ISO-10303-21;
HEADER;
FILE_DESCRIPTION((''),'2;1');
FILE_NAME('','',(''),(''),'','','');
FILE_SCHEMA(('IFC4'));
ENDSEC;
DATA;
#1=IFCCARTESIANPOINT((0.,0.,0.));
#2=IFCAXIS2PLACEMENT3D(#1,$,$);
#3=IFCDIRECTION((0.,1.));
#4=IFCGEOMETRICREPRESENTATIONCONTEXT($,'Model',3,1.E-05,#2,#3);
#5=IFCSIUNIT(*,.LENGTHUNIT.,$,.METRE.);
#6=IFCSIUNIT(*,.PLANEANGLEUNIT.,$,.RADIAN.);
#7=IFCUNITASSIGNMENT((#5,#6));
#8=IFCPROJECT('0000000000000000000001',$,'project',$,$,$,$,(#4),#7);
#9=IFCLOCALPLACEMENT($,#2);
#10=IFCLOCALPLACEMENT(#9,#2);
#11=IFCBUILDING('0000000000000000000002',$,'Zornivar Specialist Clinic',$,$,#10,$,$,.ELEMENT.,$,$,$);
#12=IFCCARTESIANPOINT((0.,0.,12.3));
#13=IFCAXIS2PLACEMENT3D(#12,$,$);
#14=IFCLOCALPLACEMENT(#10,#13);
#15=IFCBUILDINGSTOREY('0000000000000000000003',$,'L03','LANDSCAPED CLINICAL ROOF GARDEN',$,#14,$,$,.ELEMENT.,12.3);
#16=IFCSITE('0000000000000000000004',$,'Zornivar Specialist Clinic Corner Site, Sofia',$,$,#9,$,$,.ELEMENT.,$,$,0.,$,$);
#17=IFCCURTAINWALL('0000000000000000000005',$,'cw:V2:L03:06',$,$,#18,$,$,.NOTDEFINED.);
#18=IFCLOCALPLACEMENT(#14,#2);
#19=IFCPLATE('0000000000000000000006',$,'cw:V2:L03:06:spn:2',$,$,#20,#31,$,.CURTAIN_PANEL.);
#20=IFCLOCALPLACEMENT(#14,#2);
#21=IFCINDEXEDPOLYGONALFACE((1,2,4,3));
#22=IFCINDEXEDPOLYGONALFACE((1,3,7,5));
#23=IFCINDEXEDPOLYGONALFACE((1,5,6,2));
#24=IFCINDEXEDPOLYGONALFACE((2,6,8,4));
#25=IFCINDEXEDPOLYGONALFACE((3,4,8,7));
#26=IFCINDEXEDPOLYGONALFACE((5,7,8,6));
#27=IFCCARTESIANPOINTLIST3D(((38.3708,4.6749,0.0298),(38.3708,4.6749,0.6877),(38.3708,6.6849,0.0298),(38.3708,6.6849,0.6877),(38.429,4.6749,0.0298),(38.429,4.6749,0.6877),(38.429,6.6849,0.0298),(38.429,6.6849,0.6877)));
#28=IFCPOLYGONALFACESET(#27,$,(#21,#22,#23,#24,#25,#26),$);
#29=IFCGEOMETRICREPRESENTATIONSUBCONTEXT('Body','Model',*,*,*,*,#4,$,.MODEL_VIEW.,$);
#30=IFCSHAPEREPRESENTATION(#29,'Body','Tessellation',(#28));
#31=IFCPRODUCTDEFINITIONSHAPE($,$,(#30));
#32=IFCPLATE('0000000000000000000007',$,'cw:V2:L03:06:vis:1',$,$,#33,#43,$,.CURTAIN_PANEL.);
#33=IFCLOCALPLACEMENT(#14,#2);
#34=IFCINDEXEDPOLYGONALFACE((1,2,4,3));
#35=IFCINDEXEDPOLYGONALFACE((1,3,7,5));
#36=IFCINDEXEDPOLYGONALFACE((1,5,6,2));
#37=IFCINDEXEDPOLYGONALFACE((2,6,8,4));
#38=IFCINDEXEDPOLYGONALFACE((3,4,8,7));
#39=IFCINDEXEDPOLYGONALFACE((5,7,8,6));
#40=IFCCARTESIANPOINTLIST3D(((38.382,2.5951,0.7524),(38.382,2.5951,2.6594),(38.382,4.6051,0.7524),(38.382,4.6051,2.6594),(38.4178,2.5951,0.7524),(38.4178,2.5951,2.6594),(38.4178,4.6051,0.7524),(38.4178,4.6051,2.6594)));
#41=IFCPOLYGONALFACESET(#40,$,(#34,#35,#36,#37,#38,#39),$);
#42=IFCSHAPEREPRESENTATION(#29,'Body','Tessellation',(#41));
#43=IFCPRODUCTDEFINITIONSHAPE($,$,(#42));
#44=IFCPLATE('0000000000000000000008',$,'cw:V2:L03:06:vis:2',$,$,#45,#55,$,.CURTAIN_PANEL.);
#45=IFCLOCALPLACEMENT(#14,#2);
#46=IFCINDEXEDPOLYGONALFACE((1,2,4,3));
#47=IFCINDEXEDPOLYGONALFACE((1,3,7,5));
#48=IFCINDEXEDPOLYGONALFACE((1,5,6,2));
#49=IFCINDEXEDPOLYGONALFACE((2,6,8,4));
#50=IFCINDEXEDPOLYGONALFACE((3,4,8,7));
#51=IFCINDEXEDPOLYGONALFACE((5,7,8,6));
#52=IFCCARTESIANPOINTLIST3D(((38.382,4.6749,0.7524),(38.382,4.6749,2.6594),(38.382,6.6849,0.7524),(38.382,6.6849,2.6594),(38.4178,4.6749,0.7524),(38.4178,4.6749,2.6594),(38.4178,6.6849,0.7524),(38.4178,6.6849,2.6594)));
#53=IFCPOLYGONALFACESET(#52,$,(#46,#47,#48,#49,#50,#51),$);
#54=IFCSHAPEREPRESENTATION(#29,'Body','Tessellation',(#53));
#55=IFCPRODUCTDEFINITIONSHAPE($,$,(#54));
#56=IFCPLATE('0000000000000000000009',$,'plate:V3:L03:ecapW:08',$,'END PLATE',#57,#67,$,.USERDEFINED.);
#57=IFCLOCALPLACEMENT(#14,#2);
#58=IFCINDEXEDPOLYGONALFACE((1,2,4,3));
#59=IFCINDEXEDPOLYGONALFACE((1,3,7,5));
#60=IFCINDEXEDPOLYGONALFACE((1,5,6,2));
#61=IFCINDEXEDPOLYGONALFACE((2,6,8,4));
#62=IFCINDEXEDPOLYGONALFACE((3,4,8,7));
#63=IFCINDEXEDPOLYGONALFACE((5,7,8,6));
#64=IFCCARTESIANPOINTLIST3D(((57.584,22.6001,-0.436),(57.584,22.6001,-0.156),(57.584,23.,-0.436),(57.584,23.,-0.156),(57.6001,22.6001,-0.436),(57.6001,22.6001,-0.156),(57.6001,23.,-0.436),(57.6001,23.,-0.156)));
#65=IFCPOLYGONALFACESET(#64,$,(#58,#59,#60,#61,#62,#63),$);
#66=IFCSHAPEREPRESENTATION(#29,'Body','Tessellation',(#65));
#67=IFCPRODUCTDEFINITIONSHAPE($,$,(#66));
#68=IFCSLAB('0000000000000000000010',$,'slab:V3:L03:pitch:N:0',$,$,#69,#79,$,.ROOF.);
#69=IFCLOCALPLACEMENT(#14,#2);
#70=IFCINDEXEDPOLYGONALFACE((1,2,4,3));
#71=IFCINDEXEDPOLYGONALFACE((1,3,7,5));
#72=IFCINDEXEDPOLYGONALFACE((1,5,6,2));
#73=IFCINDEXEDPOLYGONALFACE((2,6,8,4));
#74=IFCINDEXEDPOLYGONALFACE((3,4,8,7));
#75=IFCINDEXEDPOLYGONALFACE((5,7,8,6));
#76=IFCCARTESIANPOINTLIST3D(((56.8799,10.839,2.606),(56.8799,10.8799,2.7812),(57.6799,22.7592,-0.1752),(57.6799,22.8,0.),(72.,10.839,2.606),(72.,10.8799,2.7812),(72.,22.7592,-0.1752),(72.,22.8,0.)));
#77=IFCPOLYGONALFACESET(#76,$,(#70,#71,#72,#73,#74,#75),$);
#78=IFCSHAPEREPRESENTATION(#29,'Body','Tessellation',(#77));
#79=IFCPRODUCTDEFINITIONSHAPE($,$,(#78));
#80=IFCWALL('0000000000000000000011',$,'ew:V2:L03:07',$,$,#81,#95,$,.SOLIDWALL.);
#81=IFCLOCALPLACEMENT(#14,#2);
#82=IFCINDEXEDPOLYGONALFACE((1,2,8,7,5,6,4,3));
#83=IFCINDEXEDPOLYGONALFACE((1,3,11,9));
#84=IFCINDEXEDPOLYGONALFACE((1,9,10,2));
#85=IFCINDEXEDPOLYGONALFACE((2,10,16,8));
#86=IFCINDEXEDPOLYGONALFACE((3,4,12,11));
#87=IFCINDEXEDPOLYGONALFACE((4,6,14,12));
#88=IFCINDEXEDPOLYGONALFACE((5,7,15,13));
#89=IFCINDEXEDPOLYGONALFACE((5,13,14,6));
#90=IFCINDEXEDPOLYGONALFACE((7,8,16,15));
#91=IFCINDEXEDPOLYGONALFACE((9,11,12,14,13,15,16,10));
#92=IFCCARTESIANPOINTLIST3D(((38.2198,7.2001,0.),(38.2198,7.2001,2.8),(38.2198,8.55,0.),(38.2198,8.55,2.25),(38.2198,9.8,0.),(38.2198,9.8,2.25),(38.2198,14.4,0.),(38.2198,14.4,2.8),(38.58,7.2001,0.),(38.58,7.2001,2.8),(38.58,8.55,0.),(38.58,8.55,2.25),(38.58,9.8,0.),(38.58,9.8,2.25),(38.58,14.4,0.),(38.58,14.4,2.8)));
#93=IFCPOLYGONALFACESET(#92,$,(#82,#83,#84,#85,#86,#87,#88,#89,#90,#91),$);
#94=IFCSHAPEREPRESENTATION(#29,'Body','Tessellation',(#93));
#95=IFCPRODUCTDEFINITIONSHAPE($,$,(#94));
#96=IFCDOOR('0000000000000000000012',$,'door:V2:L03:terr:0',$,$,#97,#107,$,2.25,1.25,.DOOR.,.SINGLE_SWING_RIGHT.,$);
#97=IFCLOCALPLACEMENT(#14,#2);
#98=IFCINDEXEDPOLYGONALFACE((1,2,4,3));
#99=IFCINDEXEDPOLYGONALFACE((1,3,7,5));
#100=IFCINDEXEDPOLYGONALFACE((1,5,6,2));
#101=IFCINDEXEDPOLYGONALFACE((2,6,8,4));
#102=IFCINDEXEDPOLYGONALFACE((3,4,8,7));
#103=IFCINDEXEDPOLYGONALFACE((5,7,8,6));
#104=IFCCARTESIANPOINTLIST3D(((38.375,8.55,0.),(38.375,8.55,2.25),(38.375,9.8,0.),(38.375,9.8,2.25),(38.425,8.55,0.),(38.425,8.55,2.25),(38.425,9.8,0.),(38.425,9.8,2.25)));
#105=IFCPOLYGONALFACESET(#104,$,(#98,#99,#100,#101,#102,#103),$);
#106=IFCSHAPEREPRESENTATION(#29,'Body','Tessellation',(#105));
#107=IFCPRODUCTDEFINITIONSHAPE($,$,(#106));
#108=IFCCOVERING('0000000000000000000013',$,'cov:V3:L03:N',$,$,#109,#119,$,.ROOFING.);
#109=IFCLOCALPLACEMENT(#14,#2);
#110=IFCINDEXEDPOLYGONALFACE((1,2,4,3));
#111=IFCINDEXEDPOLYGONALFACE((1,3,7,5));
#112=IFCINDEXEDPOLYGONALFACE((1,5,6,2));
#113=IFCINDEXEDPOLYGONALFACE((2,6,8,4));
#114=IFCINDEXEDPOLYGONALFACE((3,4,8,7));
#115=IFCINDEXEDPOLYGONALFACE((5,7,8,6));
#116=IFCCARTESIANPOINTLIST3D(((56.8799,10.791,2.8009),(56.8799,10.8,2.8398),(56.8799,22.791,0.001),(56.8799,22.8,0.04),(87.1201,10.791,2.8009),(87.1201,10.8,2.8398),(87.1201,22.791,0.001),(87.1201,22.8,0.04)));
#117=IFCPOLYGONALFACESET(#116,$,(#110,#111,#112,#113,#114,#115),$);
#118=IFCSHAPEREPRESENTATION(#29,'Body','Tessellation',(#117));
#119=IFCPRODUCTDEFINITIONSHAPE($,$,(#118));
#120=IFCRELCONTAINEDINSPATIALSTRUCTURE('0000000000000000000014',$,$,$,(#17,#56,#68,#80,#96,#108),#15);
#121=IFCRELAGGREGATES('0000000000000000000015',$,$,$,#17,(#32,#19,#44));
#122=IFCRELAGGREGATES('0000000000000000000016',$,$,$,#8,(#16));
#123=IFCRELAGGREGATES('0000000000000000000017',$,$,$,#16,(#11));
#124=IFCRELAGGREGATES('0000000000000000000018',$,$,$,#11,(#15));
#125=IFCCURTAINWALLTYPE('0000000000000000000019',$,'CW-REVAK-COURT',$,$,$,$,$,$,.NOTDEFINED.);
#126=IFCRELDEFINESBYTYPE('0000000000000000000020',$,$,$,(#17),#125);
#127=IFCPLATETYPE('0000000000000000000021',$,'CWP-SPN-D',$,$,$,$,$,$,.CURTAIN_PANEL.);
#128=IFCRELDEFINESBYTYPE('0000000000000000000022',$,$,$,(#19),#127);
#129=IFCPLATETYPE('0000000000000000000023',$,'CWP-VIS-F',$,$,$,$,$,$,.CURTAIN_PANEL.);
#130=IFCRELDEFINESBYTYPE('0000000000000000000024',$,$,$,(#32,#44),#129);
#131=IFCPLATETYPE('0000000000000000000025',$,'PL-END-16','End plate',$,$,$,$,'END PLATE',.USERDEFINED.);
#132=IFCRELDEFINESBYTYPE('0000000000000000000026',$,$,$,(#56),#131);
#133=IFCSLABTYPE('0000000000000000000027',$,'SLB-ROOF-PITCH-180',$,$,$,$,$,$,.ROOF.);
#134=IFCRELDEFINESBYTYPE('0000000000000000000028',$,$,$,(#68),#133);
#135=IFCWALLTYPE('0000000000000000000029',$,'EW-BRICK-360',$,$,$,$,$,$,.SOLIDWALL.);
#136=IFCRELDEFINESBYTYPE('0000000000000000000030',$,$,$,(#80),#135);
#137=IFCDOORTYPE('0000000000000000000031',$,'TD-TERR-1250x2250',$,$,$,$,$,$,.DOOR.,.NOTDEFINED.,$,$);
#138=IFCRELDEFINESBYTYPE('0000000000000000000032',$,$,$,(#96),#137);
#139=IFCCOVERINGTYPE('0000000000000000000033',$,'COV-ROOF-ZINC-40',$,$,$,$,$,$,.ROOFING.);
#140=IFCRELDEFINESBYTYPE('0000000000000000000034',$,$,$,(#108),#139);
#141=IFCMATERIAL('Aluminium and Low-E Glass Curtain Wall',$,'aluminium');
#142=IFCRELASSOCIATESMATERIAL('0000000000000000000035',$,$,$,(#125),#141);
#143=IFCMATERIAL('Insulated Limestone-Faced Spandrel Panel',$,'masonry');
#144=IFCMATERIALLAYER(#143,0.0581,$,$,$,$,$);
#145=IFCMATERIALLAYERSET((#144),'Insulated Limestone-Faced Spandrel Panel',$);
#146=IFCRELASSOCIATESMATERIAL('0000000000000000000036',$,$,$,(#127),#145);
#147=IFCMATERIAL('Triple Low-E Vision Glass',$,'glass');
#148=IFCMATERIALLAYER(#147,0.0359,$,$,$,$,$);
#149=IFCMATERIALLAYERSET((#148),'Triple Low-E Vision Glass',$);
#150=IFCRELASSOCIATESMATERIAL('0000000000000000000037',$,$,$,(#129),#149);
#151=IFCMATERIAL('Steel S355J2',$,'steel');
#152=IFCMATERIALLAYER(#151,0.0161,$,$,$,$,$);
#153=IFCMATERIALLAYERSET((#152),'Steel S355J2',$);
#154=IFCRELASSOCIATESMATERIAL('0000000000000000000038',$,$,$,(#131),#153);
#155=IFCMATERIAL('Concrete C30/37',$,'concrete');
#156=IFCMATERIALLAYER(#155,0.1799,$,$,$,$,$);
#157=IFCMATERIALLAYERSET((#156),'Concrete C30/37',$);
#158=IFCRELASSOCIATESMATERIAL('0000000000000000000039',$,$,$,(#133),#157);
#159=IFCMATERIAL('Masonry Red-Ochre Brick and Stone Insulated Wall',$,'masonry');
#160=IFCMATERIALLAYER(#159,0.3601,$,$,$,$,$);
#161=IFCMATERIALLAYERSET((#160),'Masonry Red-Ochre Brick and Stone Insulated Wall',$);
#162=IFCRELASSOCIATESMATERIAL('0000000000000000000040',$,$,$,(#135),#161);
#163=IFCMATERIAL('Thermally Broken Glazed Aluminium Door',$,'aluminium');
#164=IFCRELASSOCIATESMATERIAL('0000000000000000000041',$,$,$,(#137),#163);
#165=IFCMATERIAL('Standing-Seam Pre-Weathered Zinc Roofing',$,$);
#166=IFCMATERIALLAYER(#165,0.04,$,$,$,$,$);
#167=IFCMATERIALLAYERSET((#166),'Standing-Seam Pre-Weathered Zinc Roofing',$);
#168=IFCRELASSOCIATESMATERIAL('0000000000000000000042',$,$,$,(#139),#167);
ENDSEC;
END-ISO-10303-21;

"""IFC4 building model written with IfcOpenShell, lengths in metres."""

from ifc_helpers import new_model, si_unit, direction, frame, frame_2d, origin, origin_2d, place, context, subcontext, project, spatial, polyline, rectangle, outline, extrude, material, layer, layer_set, type_object, element, fill, aggregate, save


model = new_model("IFC4")

# Units and contexts
model_context = context("Model", 3, precision=1e-05, world=origin(), true_north=direction((0.0, 1.0)))
body_context = subcontext(model_context, "Body", "Model", "MODEL_VIEW")
ifc_project = project(units=[si_unit("LENGTHUNIT", "METRE"), si_unit("PLANEANGLEUNIT", "RADIAN")], contexts=[model_context])

# Site, building, storey
site_placement = place(None, origin())
site = spatial("IfcSite", under=ifc_project, at=site_placement, Name="Zornivar Specialist Clinic Corner Site, Sofia", CompositionType="ELEMENT", RefElevation=0.0)
building_placement = place(site_placement, origin())
building = spatial("IfcBuilding", under=site, at=building_placement, Name="Zornivar Specialist Clinic", CompositionType="ELEMENT")
storey_placement = place(building_placement, frame((0.0, 0.0, 12.3)))
storey = spatial("IfcBuildingStorey", under=building, at=storey_placement, Name="L03", Description="LANDSCAPED CLINICAL ROOF GARDEN", CompositionType="ELEMENT", Elevation=12.3)

# Curtain wall
ifc_material_1 = material(Name="Aluminium and Low-E Glass Curtain Wall", Category="aluminium")
curtain_wall_type = type_object("IfcCurtainWallType", Name="CW-REVAK-COURT", PredefinedType="NOTDEFINED", material=ifc_material_1)
curtain_wall_1_placement = place(storey_placement, origin())
curtain_wall_1 = element("IfcCurtainWall", 1, at=curtain_wall_1_placement, inside=storey, type_object=curtain_wall_type, Name="cw:V2:L03:06", PredefinedType="NOTDEFINED")

# Plates
ifc_material_2 = material(Name="Insulated Limestone-Faced Spandrel Panel", Category="masonry")
ifc_layer_1 = layer(ifc_material_2, 0.0581)
ifc_layer_set_1 = layer_set([ifc_layer_1], Name="Insulated Limestone-Faced Spandrel Panel")
plate_type_1 = type_object("IfcPlateType", Name="CWP-SPN-D", PredefinedType="CURTAIN_PANEL", material=ifc_layer_set_1)
plate_1_placement = place(storey_placement, frame((38.3999, 5.6799, 0.0298), z_axis=(0.0, 0.0, 1.0), x_axis=(0.0, 1.0, 0.0)))
plate_1 = element("IfcPlate", 2, at=plate_1_placement, type_object=plate_type_1, Name="cw:V2:L03:06:spn:2", PredefinedType="CURTAIN_PANEL", context=body_context, shape_type="SweptSolid", body=[
    extrude(rectangle(XDim=2.01, YDim=0.0581, at=origin_2d()), origin(), (0.0, 0.0, 1.0), 0.658),
])
ifc_material_3 = material(Name="Triple Low-E Vision Glass", Category="glass")
ifc_layer_2 = layer(ifc_material_3, 0.0359)
ifc_layer_set_2 = layer_set([ifc_layer_2], Name="Triple Low-E Vision Glass")
plate_type_2 = type_object("IfcPlateType", Name="CWP-VIS-F", PredefinedType="CURTAIN_PANEL", material=ifc_layer_set_2)
plate_2_placement = place(storey_placement, frame((38.3999, 3.6001, 0.7524), z_axis=(0.0, 0.0, 1.0), x_axis=(0.0, 1.0, 0.0)))
plate_2 = element("IfcPlate", 3, at=plate_2_placement, type_object=plate_type_2, Name="cw:V2:L03:06:vis:1", PredefinedType="CURTAIN_PANEL", context=body_context, shape_type="SweptSolid", body=[
    extrude(rectangle(XDim=2.01, YDim=0.0359, at=origin_2d()), origin(), (0.0, 0.0, 1.0), 1.907),
])
plate_3_placement = place(storey_placement, frame((38.3999, 5.6799, 0.7524), z_axis=(0.0, 0.0, 1.0), x_axis=(0.0, 1.0, 0.0)))
plate_3 = element("IfcPlate", 4, at=plate_3_placement, type_object=plate_type_2, Name="cw:V2:L03:06:vis:2", PredefinedType="CURTAIN_PANEL", context=body_context, shape_type="SweptSolid", body=[
    extrude(rectangle(XDim=2.01, YDim=0.0359, at=origin_2d()), origin(), (0.0, 0.0, 1.0), 1.907),
])
aggregate(curtain_wall_1, [plate_2, plate_1, plate_3])
ifc_material_4 = material(Name="Steel S355J2", Category="steel")
ifc_layer_3 = layer(ifc_material_4, 0.0161)
ifc_layer_set_3 = layer_set([ifc_layer_3], Name="Steel S355J2")
plate_type_3 = type_object("IfcPlateType", Name="PL-END-16", Description="End plate", ElementType="END PLATE", PredefinedType="USERDEFINED", material=ifc_layer_set_3)
plate_4_placement = place(storey_placement, frame((57.592, 22.8, -0.436), z_axis=(0.0, 0.0, 1.0), x_axis=(1.0, 0.0, 0.0)))
element("IfcPlate", 5, at=plate_4_placement, inside=storey, type_object=plate_type_3, Name="plate:V3:L03:ecapW:08", ObjectType="END PLATE", PredefinedType="USERDEFINED", context=body_context, shape_type="SweptSolid", body=[
    extrude(rectangle(XDim=0.0161, YDim=0.3999, at=origin_2d()), origin(), (0.0, 0.0, 1.0), 0.28),
])

# Slab
ifc_material_5 = material(Name="Concrete C30/37", Category="concrete")
ifc_layer_4 = layer(ifc_material_5, 0.1799)
ifc_layer_set_4 = layer_set([ifc_layer_4], Name="Concrete C30/37")
slab_type = type_object("IfcSlabType", Name="SLB-ROOF-PITCH-180", PredefinedType="ROOF", material=ifc_layer_set_4)
slab_placement = place(storey_placement, frame((56.8799, 10.8799, 2.7812), z_axis=(0.0, 0.22722, 0.973843), x_axis=(1.0, 0.0, 0.0)))
element("IfcSlab", 6, at=slab_placement, inside=storey, type_object=slab_type, Name="slab:V3:L03:pitch:N:0", PredefinedType="ROOF", context=body_context, shape_type="SweptSolid", body=[
    extrude(outline(polyline([(0.0, 0.0), (15.1201, 0.0), (15.1201, 12.2403), (0.8, 12.2403), (0.0, 0.0)])), origin(), (0.0, 0.0, -1.0), 0.1799),
])

# Wall, opening, door
ifc_material_6 = material(Name="Masonry Red-Ochre Brick and Stone Insulated Wall", Category="masonry")
ifc_layer_5 = layer(ifc_material_6, 0.3601)
ifc_layer_set_5 = layer_set([ifc_layer_5], Name="Masonry Red-Ochre Brick and Stone Insulated Wall")
wall_type_1 = type_object("IfcWallType", Name="EW-BRICK-360", PredefinedType="SOLIDWALL", material=ifc_layer_set_5)
wall_1_placement = place(storey_placement, frame((38.3999, 7.2, 0.0), z_axis=(0.0, 0.0, 1.0), x_axis=(0.0, 1.0, 0.0)))
wall_1 = element("IfcWall", 7, at=wall_1_placement, inside=storey, type_object=wall_type_1, Name="ew:V2:L03:07", PredefinedType="SOLIDWALL", context=body_context, shape_type="SweptSolid", body=[
    extrude(rectangle(XDim=7.2, YDim=0.3601, at=frame_2d((3.6001, 0.0))), origin(), (0.0, 0.0, 1.0), 2.8),
])
opening_1_placement = place(wall_1_placement, frame((1.3501, 0.0, 0.0)))
opening_1 = element("IfcOpeningElement", 8, at=opening_1_placement, cuts=wall_1, PredefinedType="OPENING", context=body_context, shape_type="SweptSolid", body=[
    extrude(rectangle(XDim=1.25, YDim=2.25, at=frame_2d((0.625, 1.125))), frame((0.0, 0.1899, 0.0), z_axis=(0.0, -1.0, 0.0), x_axis=(1.0, 0.0, 0.0)), (0.0, 0.0, 1.0), 0.3801),
])
ifc_material_7 = material(Name="Thermally Broken Glazed Aluminium Door", Category="aluminium")
door_type_1 = type_object("IfcDoorType", Name="TD-TERR-1250x2250", OperationType="NOTDEFINED", PredefinedType="DOOR", material=ifc_material_7)
door_1_placement = place(opening_1_placement, origin())
door_1 = element("IfcDoor", 9, at=door_1_placement, inside=storey, type_object=door_type_1, Name="door:V2:L03:terr:0", OperationType="SINGLE_SWING_RIGHT", OverallHeight=2.25, OverallWidth=1.25, PredefinedType="DOOR", context=body_context, shape_type="SweptSolid", body=[
    extrude(rectangle(XDim=1.25, YDim=2.25, at=frame_2d((0.625, 1.125))), frame((0.0, 0.0249, 0.0), z_axis=(0.0, -1.0, 0.0), x_axis=(1.0, 0.0, 0.0)), (0.0, 0.0, 1.0), 0.05),
])
fill(opening_1, door_1)

# Covering
ifc_material_8 = material(Name="Standing-Seam Pre-Weathered Zinc Roofing")
ifc_layer_6 = layer(ifc_material_8, 0.04)
ifc_layer_set_6 = layer_set([ifc_layer_6], Name="Standing-Seam Pre-Weathered Zinc Roofing")
covering_type = type_object("IfcCoveringType", Name="COV-ROOF-ZINC-40", PredefinedType="ROOFING", material=ifc_layer_set_6)
covering_placement = place(storey_placement, frame((56.8799, 10.8, 2.8398), z_axis=(0.0, 0.227215, 0.973845), x_axis=(1.0, 0.0, 0.0)))
element("IfcCovering", 10, at=covering_placement, inside=storey, type_object=covering_type, Name="cov:V3:L03:N", PredefinedType="ROOFING", context=body_context, shape_type="SweptSolid", body=[
    extrude(outline(polyline([(0.0, 0.0), (30.2402, 0.0), (30.2402, 12.3223), (0.0, 12.3223), (0.0, 0.0)])), origin(), (0.0, 0.0, -1.0), 0.04),
])

save(model, "model.ifc")
